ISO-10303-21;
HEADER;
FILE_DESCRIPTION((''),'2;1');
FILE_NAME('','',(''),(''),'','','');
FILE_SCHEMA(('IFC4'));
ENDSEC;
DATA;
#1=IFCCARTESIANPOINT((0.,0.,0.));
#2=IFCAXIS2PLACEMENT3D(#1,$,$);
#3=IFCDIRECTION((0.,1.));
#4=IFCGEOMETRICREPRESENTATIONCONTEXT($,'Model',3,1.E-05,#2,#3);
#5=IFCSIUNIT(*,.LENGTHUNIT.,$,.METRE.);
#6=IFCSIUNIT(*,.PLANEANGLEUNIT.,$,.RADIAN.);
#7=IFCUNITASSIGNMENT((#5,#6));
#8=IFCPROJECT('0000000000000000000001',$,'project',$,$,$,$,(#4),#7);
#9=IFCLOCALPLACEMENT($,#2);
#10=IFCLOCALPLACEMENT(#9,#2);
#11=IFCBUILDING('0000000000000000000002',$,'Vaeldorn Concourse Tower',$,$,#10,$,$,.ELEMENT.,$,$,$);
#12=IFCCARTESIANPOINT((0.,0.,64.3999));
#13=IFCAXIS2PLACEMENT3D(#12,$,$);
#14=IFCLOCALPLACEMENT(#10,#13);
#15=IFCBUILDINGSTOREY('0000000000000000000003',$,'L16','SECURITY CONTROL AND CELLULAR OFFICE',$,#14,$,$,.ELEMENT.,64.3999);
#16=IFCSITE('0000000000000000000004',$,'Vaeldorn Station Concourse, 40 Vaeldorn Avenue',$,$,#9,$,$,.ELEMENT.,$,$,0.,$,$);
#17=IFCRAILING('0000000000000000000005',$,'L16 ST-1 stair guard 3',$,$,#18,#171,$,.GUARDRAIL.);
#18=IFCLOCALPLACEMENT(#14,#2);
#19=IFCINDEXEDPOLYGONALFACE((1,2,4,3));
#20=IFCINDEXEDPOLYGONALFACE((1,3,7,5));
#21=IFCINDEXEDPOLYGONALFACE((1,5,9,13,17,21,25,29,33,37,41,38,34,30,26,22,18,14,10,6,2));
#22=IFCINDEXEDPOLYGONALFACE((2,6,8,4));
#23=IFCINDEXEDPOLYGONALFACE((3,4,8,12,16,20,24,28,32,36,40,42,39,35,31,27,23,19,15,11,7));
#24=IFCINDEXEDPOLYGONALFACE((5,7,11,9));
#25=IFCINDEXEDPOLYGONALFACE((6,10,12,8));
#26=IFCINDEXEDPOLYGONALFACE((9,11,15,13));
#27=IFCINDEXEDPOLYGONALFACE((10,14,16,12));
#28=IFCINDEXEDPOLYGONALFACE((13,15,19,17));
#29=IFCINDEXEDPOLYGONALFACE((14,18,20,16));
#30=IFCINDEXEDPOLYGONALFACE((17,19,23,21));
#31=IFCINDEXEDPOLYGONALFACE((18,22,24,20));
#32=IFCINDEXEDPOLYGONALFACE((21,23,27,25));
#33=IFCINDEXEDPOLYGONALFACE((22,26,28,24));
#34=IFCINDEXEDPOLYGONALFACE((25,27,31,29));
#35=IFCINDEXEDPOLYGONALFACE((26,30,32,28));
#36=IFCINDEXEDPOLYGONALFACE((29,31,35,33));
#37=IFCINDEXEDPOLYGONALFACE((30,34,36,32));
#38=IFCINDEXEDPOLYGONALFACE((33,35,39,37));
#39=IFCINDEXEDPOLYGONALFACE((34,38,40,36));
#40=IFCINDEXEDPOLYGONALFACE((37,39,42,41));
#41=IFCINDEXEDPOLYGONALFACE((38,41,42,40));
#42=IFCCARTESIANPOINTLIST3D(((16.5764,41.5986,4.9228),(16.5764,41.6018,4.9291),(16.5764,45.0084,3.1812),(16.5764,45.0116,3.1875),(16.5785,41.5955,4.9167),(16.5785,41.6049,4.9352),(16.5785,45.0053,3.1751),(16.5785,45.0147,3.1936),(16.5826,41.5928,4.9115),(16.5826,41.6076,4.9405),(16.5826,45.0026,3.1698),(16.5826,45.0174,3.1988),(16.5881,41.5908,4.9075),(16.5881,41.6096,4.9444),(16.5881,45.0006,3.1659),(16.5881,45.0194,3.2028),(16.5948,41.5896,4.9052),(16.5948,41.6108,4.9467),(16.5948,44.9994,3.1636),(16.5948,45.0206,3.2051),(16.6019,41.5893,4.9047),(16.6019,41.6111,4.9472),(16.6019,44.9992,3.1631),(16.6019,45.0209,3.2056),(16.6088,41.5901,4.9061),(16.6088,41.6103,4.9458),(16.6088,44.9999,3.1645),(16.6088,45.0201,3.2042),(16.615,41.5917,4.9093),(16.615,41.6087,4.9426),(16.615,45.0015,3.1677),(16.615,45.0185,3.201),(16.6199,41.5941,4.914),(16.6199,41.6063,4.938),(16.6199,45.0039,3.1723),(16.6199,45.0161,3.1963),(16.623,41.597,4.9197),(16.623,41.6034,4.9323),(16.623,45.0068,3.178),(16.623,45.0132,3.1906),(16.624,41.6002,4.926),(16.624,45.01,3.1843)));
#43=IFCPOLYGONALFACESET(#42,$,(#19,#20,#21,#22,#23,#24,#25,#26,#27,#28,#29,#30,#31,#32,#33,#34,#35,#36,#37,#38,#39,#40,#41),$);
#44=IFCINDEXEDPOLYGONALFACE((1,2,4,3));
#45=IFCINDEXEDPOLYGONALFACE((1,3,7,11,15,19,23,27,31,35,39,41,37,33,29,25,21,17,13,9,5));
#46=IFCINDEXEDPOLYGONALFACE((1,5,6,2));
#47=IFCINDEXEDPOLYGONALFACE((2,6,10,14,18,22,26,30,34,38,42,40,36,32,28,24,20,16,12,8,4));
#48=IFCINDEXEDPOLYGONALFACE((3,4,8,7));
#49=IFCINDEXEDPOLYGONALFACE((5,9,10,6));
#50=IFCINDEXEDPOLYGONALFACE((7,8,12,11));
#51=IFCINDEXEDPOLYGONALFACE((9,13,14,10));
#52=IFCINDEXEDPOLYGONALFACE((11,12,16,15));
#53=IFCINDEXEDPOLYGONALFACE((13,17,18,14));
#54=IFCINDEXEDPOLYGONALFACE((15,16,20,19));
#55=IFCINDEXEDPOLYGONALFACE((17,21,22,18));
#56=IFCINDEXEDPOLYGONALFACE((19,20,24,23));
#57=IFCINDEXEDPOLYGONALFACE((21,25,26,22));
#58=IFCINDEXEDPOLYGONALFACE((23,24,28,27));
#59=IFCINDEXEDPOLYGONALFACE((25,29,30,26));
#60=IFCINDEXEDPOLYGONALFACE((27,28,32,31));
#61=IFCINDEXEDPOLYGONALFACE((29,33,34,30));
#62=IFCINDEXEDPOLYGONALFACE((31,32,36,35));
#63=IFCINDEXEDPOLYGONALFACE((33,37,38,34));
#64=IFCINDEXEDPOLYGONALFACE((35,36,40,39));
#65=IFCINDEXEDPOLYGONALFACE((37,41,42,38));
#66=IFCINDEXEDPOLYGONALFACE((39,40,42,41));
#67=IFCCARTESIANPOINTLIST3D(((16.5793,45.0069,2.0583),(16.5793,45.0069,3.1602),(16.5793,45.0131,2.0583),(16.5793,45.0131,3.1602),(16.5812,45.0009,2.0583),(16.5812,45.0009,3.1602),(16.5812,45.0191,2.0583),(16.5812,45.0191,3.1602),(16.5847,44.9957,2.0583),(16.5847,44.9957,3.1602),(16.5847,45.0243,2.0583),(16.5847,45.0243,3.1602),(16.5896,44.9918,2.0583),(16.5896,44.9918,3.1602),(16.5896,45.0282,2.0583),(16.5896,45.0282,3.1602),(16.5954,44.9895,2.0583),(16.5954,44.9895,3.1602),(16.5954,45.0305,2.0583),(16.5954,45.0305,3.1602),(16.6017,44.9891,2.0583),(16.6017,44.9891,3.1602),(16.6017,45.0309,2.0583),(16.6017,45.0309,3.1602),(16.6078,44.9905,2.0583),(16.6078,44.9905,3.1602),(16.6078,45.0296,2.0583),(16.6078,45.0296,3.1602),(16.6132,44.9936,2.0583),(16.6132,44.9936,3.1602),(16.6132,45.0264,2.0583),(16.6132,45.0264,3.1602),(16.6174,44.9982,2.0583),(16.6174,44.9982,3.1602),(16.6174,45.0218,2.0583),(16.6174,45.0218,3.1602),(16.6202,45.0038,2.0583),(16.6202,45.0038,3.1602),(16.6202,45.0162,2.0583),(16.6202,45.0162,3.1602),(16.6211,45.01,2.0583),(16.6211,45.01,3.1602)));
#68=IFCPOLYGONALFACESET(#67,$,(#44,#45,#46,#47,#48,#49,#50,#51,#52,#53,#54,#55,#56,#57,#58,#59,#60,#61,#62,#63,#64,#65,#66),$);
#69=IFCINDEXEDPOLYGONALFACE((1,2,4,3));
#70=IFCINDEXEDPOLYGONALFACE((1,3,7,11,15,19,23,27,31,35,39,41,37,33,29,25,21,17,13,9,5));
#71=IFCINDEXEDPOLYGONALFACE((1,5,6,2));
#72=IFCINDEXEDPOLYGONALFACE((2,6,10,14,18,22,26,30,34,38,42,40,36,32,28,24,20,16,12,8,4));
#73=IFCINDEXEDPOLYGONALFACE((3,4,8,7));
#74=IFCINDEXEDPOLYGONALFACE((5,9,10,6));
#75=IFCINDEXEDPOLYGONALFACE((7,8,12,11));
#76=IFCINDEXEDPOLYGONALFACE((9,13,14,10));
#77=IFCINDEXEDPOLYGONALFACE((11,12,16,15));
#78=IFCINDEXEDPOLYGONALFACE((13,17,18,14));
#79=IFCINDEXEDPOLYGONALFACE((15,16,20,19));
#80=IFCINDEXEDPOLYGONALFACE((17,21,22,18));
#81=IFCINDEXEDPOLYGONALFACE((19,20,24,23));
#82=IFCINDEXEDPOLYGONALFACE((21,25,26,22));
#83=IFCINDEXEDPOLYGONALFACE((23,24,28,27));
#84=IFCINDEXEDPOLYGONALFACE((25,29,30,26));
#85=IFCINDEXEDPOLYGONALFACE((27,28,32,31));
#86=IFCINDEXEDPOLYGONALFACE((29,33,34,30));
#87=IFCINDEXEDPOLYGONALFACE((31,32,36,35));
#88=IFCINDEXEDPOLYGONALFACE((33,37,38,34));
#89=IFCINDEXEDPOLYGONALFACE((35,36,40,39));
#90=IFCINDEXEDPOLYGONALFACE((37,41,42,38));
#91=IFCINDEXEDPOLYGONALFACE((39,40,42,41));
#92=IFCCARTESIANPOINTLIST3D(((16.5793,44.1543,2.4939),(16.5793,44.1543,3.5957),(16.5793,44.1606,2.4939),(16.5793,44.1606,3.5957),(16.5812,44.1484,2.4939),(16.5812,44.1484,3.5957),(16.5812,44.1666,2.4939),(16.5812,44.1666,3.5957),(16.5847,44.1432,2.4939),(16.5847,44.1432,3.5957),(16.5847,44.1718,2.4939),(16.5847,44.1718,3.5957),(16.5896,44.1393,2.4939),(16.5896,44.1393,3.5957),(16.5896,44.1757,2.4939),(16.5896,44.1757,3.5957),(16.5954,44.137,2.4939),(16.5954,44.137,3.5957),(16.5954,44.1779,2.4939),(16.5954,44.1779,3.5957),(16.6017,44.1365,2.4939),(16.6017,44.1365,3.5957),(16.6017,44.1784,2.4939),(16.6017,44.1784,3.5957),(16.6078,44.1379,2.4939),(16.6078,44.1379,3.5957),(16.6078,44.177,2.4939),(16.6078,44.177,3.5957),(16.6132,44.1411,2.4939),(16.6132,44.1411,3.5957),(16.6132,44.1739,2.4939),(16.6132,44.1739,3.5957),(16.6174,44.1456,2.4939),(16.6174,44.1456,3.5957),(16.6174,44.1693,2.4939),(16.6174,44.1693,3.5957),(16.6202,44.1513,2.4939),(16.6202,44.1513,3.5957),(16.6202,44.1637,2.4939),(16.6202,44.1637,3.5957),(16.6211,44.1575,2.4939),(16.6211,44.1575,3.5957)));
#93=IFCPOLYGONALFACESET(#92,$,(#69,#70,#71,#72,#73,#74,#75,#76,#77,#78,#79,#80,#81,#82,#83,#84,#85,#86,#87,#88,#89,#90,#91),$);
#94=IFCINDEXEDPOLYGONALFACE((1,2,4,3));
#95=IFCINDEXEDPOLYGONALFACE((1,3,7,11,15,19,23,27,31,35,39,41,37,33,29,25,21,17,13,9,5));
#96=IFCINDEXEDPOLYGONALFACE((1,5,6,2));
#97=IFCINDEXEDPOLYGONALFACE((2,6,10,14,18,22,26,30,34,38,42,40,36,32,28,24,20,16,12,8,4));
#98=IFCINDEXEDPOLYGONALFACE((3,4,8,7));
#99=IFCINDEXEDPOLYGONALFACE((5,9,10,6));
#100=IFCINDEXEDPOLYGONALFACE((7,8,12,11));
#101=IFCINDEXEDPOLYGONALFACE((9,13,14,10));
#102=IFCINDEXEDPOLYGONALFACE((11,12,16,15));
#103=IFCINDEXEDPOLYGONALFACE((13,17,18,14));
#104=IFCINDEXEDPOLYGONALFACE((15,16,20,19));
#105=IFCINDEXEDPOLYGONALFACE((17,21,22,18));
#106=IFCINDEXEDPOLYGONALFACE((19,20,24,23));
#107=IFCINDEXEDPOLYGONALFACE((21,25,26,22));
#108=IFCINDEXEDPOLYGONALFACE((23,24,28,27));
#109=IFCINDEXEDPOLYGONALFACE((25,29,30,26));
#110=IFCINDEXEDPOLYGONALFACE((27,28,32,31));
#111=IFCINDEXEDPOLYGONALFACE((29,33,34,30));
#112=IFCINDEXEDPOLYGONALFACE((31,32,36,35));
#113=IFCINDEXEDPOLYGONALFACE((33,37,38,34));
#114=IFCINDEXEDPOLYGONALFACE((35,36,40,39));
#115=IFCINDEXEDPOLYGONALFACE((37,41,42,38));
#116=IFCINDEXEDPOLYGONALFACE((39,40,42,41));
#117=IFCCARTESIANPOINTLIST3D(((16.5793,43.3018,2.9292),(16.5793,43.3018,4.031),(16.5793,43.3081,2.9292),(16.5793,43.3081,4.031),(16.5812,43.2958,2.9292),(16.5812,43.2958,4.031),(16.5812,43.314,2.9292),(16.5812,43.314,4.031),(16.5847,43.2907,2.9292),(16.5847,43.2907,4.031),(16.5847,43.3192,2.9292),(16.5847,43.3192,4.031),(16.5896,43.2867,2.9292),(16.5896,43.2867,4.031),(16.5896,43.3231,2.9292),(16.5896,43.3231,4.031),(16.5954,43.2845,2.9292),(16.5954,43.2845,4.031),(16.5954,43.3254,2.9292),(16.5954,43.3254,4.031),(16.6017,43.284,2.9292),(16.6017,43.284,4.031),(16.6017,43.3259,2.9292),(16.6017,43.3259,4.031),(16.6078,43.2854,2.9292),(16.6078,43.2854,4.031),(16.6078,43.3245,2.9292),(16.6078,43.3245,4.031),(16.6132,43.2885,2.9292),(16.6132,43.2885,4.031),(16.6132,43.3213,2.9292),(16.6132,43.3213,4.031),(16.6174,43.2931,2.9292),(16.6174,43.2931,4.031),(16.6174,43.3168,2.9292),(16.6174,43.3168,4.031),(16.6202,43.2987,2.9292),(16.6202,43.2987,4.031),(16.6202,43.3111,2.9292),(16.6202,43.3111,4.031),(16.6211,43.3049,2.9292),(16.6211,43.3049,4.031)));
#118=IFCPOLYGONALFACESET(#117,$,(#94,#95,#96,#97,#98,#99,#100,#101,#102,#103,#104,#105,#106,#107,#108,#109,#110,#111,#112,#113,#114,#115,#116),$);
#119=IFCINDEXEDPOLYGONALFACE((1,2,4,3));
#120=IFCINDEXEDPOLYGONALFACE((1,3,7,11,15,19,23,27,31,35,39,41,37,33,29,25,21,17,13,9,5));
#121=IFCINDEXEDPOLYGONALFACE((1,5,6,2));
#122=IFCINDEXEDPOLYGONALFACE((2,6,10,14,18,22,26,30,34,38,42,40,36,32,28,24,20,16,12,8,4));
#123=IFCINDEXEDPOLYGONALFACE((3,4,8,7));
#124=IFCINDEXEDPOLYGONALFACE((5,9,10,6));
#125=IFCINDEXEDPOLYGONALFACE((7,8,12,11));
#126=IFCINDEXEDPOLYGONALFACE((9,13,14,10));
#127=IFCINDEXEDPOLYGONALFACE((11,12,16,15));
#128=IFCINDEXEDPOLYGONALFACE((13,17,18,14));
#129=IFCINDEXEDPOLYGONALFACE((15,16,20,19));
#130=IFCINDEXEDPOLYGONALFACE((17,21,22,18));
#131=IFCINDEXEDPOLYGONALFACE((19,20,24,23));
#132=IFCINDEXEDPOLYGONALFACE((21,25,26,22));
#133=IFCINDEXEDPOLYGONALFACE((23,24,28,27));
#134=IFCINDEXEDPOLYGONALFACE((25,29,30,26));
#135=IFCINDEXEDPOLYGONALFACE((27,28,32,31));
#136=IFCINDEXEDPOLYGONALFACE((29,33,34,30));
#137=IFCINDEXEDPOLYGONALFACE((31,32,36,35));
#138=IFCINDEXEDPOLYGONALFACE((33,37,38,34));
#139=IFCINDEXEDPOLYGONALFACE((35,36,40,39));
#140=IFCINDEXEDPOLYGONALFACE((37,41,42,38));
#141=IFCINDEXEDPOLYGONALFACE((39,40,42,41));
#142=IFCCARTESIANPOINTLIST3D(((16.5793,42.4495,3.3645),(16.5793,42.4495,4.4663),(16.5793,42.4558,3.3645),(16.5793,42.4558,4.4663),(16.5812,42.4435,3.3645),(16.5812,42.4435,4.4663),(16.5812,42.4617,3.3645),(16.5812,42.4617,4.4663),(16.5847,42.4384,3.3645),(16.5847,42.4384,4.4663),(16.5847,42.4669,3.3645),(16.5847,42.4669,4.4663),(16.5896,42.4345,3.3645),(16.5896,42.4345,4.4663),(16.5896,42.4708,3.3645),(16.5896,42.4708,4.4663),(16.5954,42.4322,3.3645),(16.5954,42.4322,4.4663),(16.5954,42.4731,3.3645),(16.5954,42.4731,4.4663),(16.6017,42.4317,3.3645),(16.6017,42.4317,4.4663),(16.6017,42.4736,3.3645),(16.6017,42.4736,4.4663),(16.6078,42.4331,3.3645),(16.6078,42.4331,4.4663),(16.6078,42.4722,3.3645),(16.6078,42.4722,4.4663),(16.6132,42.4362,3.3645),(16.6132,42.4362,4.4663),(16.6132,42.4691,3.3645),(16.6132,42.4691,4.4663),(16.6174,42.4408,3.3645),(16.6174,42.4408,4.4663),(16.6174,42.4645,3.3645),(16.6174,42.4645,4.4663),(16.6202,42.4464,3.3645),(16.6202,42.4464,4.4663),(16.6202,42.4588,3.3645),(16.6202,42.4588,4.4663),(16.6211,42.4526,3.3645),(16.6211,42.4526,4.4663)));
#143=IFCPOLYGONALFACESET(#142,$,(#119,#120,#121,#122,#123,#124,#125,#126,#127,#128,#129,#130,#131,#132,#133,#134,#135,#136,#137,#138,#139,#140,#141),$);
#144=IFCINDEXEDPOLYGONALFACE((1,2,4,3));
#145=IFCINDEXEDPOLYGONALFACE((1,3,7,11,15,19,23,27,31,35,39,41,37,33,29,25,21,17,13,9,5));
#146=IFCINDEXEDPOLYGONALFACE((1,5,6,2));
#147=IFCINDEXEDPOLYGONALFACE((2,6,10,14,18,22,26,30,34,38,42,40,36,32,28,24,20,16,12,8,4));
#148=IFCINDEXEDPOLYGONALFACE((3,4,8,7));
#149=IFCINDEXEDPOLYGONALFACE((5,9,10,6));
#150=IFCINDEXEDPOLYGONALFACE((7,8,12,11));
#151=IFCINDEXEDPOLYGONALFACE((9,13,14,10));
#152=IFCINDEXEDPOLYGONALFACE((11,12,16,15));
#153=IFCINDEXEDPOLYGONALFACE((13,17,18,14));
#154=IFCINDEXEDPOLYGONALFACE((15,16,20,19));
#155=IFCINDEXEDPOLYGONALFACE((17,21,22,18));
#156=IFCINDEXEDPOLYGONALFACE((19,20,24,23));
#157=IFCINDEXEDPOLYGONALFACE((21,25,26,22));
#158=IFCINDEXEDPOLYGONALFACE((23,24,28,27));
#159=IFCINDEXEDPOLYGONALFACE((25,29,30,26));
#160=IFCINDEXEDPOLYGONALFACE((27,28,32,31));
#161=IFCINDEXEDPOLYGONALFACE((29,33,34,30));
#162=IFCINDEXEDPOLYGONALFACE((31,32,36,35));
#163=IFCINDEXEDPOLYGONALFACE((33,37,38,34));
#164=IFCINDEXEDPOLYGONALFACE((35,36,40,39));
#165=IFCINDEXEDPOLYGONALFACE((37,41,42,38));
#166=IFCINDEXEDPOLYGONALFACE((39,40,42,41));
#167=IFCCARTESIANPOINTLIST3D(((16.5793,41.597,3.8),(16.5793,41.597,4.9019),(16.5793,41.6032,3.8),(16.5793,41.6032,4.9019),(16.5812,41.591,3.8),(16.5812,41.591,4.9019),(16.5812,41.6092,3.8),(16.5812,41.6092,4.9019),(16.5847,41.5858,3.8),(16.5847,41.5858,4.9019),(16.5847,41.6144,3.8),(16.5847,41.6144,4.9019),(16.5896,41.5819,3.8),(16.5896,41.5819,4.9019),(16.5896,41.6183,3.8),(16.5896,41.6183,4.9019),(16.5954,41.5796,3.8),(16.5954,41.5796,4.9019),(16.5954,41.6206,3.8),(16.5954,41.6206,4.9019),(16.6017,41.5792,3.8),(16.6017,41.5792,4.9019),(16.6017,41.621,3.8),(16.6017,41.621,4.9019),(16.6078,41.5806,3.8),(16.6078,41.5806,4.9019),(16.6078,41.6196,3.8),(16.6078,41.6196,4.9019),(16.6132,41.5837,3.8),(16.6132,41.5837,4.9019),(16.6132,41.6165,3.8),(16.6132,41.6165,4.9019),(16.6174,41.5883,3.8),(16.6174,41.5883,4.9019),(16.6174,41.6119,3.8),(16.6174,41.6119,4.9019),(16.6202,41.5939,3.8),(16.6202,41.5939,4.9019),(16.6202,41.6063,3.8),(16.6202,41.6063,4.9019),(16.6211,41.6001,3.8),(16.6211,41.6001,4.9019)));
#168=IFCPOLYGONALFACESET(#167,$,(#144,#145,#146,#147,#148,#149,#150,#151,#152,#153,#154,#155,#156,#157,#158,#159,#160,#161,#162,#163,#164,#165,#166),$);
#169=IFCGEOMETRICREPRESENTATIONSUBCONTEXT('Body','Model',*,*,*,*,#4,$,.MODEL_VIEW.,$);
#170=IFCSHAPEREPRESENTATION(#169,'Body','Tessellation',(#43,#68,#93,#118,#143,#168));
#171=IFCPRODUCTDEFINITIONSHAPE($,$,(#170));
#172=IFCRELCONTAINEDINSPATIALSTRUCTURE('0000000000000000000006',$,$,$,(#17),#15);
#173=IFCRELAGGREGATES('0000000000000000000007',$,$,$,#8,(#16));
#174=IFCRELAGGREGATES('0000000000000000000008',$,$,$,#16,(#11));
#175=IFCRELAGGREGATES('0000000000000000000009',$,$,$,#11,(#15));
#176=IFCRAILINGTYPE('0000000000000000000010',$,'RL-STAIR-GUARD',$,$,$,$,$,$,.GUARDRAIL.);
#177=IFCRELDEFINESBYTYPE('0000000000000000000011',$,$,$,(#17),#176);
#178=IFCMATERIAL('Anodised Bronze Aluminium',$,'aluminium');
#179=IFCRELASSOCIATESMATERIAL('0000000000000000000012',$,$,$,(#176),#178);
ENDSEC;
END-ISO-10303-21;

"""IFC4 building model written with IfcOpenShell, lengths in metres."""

from ifc_helpers import new_model, si_unit, direction, frame, origin, origin_2d, place, context, subcontext, project, spatial, circle, extrude, material, type_object, element, save


model = new_model("IFC4")

# Units and contexts
model_context = context("Model", 3, precision=1e-05, world=origin(), true_north=direction((0.0, 1.0)))
body_context = subcontext(model_context, "Body", "Model", "MODEL_VIEW")
ifc_project = project(units=[si_unit("LENGTHUNIT", "METRE"), si_unit("PLANEANGLEUNIT", "RADIAN")], contexts=[model_context])

# Site, building, storey
site_placement = place(None, origin())
site = spatial("IfcSite", under=ifc_project, at=site_placement, Name="Vaeldorn Station Concourse, 40 Vaeldorn Avenue", CompositionType="ELEMENT", RefElevation=0.0)
building_placement = place(site_placement, origin())
building = spatial("IfcBuilding", under=site, at=building_placement, Name="Vaeldorn Concourse Tower", CompositionType="ELEMENT")
storey_placement = place(building_placement, frame((0.0, 0.0, 64.3999)))
storey = spatial("IfcBuildingStorey", under=building, at=storey_placement, Name="L16", Description="SECURITY CONTROL AND CELLULAR OFFICE", CompositionType="ELEMENT", Elevation=64.3999)

# Shared definitions
ifc_material_1 = material(Name="Anodised Bronze Aluminium", Category="aluminium")

# Railing
railing_type_1 = type_object("IfcRailingType", Name="RL-STAIR-GUARD", PredefinedType="GUARDRAIL", material=ifc_material_1)
railing_1_placement = place(storey_placement, frame((16.6001, 45.01, 2.0583)))
element("IfcRailing", 1, at=railing_1_placement, inside=storey, type_object=railing_type_1, Name="L16 ST-1 stair guard 3", PredefinedType="GUARDRAIL", context=body_context, shape_type="SweptSolid", body=[
    extrude(circle(Radius=0.0239, at=origin_2d()), frame((0.0, 0.0, 1.126), z_axis=(0.0, -0.890556, 0.454874), x_axis=(1.0, 0.0, 0.0)), (0.0, 0.0, 1.0), 3.8289),
    extrude(circle(Radius=0.021, at=origin_2d()), origin(), (0.0, 0.0, 1.0), 1.1018),
    extrude(circle(Radius=0.021, at=origin_2d()), frame((0.0, -0.8525, 0.4355)), (0.0, 0.0, 1.0), 1.1018),
    extrude(circle(Radius=0.021, at=origin_2d()), frame((0.0, -1.7051, 0.8708)), (0.0, 0.0, 1.0), 1.1018),
    extrude(circle(Radius=0.021, at=origin_2d()), frame((0.0, -2.5574, 1.3062)), (0.0, 0.0, 1.0), 1.1018),
    extrude(circle(Radius=0.021, at=origin_2d()), frame((0.0, -3.4099, 1.7417)), (0.0, 0.0, 1.0), 1.1018),
])

save(model, "model.ifc")
